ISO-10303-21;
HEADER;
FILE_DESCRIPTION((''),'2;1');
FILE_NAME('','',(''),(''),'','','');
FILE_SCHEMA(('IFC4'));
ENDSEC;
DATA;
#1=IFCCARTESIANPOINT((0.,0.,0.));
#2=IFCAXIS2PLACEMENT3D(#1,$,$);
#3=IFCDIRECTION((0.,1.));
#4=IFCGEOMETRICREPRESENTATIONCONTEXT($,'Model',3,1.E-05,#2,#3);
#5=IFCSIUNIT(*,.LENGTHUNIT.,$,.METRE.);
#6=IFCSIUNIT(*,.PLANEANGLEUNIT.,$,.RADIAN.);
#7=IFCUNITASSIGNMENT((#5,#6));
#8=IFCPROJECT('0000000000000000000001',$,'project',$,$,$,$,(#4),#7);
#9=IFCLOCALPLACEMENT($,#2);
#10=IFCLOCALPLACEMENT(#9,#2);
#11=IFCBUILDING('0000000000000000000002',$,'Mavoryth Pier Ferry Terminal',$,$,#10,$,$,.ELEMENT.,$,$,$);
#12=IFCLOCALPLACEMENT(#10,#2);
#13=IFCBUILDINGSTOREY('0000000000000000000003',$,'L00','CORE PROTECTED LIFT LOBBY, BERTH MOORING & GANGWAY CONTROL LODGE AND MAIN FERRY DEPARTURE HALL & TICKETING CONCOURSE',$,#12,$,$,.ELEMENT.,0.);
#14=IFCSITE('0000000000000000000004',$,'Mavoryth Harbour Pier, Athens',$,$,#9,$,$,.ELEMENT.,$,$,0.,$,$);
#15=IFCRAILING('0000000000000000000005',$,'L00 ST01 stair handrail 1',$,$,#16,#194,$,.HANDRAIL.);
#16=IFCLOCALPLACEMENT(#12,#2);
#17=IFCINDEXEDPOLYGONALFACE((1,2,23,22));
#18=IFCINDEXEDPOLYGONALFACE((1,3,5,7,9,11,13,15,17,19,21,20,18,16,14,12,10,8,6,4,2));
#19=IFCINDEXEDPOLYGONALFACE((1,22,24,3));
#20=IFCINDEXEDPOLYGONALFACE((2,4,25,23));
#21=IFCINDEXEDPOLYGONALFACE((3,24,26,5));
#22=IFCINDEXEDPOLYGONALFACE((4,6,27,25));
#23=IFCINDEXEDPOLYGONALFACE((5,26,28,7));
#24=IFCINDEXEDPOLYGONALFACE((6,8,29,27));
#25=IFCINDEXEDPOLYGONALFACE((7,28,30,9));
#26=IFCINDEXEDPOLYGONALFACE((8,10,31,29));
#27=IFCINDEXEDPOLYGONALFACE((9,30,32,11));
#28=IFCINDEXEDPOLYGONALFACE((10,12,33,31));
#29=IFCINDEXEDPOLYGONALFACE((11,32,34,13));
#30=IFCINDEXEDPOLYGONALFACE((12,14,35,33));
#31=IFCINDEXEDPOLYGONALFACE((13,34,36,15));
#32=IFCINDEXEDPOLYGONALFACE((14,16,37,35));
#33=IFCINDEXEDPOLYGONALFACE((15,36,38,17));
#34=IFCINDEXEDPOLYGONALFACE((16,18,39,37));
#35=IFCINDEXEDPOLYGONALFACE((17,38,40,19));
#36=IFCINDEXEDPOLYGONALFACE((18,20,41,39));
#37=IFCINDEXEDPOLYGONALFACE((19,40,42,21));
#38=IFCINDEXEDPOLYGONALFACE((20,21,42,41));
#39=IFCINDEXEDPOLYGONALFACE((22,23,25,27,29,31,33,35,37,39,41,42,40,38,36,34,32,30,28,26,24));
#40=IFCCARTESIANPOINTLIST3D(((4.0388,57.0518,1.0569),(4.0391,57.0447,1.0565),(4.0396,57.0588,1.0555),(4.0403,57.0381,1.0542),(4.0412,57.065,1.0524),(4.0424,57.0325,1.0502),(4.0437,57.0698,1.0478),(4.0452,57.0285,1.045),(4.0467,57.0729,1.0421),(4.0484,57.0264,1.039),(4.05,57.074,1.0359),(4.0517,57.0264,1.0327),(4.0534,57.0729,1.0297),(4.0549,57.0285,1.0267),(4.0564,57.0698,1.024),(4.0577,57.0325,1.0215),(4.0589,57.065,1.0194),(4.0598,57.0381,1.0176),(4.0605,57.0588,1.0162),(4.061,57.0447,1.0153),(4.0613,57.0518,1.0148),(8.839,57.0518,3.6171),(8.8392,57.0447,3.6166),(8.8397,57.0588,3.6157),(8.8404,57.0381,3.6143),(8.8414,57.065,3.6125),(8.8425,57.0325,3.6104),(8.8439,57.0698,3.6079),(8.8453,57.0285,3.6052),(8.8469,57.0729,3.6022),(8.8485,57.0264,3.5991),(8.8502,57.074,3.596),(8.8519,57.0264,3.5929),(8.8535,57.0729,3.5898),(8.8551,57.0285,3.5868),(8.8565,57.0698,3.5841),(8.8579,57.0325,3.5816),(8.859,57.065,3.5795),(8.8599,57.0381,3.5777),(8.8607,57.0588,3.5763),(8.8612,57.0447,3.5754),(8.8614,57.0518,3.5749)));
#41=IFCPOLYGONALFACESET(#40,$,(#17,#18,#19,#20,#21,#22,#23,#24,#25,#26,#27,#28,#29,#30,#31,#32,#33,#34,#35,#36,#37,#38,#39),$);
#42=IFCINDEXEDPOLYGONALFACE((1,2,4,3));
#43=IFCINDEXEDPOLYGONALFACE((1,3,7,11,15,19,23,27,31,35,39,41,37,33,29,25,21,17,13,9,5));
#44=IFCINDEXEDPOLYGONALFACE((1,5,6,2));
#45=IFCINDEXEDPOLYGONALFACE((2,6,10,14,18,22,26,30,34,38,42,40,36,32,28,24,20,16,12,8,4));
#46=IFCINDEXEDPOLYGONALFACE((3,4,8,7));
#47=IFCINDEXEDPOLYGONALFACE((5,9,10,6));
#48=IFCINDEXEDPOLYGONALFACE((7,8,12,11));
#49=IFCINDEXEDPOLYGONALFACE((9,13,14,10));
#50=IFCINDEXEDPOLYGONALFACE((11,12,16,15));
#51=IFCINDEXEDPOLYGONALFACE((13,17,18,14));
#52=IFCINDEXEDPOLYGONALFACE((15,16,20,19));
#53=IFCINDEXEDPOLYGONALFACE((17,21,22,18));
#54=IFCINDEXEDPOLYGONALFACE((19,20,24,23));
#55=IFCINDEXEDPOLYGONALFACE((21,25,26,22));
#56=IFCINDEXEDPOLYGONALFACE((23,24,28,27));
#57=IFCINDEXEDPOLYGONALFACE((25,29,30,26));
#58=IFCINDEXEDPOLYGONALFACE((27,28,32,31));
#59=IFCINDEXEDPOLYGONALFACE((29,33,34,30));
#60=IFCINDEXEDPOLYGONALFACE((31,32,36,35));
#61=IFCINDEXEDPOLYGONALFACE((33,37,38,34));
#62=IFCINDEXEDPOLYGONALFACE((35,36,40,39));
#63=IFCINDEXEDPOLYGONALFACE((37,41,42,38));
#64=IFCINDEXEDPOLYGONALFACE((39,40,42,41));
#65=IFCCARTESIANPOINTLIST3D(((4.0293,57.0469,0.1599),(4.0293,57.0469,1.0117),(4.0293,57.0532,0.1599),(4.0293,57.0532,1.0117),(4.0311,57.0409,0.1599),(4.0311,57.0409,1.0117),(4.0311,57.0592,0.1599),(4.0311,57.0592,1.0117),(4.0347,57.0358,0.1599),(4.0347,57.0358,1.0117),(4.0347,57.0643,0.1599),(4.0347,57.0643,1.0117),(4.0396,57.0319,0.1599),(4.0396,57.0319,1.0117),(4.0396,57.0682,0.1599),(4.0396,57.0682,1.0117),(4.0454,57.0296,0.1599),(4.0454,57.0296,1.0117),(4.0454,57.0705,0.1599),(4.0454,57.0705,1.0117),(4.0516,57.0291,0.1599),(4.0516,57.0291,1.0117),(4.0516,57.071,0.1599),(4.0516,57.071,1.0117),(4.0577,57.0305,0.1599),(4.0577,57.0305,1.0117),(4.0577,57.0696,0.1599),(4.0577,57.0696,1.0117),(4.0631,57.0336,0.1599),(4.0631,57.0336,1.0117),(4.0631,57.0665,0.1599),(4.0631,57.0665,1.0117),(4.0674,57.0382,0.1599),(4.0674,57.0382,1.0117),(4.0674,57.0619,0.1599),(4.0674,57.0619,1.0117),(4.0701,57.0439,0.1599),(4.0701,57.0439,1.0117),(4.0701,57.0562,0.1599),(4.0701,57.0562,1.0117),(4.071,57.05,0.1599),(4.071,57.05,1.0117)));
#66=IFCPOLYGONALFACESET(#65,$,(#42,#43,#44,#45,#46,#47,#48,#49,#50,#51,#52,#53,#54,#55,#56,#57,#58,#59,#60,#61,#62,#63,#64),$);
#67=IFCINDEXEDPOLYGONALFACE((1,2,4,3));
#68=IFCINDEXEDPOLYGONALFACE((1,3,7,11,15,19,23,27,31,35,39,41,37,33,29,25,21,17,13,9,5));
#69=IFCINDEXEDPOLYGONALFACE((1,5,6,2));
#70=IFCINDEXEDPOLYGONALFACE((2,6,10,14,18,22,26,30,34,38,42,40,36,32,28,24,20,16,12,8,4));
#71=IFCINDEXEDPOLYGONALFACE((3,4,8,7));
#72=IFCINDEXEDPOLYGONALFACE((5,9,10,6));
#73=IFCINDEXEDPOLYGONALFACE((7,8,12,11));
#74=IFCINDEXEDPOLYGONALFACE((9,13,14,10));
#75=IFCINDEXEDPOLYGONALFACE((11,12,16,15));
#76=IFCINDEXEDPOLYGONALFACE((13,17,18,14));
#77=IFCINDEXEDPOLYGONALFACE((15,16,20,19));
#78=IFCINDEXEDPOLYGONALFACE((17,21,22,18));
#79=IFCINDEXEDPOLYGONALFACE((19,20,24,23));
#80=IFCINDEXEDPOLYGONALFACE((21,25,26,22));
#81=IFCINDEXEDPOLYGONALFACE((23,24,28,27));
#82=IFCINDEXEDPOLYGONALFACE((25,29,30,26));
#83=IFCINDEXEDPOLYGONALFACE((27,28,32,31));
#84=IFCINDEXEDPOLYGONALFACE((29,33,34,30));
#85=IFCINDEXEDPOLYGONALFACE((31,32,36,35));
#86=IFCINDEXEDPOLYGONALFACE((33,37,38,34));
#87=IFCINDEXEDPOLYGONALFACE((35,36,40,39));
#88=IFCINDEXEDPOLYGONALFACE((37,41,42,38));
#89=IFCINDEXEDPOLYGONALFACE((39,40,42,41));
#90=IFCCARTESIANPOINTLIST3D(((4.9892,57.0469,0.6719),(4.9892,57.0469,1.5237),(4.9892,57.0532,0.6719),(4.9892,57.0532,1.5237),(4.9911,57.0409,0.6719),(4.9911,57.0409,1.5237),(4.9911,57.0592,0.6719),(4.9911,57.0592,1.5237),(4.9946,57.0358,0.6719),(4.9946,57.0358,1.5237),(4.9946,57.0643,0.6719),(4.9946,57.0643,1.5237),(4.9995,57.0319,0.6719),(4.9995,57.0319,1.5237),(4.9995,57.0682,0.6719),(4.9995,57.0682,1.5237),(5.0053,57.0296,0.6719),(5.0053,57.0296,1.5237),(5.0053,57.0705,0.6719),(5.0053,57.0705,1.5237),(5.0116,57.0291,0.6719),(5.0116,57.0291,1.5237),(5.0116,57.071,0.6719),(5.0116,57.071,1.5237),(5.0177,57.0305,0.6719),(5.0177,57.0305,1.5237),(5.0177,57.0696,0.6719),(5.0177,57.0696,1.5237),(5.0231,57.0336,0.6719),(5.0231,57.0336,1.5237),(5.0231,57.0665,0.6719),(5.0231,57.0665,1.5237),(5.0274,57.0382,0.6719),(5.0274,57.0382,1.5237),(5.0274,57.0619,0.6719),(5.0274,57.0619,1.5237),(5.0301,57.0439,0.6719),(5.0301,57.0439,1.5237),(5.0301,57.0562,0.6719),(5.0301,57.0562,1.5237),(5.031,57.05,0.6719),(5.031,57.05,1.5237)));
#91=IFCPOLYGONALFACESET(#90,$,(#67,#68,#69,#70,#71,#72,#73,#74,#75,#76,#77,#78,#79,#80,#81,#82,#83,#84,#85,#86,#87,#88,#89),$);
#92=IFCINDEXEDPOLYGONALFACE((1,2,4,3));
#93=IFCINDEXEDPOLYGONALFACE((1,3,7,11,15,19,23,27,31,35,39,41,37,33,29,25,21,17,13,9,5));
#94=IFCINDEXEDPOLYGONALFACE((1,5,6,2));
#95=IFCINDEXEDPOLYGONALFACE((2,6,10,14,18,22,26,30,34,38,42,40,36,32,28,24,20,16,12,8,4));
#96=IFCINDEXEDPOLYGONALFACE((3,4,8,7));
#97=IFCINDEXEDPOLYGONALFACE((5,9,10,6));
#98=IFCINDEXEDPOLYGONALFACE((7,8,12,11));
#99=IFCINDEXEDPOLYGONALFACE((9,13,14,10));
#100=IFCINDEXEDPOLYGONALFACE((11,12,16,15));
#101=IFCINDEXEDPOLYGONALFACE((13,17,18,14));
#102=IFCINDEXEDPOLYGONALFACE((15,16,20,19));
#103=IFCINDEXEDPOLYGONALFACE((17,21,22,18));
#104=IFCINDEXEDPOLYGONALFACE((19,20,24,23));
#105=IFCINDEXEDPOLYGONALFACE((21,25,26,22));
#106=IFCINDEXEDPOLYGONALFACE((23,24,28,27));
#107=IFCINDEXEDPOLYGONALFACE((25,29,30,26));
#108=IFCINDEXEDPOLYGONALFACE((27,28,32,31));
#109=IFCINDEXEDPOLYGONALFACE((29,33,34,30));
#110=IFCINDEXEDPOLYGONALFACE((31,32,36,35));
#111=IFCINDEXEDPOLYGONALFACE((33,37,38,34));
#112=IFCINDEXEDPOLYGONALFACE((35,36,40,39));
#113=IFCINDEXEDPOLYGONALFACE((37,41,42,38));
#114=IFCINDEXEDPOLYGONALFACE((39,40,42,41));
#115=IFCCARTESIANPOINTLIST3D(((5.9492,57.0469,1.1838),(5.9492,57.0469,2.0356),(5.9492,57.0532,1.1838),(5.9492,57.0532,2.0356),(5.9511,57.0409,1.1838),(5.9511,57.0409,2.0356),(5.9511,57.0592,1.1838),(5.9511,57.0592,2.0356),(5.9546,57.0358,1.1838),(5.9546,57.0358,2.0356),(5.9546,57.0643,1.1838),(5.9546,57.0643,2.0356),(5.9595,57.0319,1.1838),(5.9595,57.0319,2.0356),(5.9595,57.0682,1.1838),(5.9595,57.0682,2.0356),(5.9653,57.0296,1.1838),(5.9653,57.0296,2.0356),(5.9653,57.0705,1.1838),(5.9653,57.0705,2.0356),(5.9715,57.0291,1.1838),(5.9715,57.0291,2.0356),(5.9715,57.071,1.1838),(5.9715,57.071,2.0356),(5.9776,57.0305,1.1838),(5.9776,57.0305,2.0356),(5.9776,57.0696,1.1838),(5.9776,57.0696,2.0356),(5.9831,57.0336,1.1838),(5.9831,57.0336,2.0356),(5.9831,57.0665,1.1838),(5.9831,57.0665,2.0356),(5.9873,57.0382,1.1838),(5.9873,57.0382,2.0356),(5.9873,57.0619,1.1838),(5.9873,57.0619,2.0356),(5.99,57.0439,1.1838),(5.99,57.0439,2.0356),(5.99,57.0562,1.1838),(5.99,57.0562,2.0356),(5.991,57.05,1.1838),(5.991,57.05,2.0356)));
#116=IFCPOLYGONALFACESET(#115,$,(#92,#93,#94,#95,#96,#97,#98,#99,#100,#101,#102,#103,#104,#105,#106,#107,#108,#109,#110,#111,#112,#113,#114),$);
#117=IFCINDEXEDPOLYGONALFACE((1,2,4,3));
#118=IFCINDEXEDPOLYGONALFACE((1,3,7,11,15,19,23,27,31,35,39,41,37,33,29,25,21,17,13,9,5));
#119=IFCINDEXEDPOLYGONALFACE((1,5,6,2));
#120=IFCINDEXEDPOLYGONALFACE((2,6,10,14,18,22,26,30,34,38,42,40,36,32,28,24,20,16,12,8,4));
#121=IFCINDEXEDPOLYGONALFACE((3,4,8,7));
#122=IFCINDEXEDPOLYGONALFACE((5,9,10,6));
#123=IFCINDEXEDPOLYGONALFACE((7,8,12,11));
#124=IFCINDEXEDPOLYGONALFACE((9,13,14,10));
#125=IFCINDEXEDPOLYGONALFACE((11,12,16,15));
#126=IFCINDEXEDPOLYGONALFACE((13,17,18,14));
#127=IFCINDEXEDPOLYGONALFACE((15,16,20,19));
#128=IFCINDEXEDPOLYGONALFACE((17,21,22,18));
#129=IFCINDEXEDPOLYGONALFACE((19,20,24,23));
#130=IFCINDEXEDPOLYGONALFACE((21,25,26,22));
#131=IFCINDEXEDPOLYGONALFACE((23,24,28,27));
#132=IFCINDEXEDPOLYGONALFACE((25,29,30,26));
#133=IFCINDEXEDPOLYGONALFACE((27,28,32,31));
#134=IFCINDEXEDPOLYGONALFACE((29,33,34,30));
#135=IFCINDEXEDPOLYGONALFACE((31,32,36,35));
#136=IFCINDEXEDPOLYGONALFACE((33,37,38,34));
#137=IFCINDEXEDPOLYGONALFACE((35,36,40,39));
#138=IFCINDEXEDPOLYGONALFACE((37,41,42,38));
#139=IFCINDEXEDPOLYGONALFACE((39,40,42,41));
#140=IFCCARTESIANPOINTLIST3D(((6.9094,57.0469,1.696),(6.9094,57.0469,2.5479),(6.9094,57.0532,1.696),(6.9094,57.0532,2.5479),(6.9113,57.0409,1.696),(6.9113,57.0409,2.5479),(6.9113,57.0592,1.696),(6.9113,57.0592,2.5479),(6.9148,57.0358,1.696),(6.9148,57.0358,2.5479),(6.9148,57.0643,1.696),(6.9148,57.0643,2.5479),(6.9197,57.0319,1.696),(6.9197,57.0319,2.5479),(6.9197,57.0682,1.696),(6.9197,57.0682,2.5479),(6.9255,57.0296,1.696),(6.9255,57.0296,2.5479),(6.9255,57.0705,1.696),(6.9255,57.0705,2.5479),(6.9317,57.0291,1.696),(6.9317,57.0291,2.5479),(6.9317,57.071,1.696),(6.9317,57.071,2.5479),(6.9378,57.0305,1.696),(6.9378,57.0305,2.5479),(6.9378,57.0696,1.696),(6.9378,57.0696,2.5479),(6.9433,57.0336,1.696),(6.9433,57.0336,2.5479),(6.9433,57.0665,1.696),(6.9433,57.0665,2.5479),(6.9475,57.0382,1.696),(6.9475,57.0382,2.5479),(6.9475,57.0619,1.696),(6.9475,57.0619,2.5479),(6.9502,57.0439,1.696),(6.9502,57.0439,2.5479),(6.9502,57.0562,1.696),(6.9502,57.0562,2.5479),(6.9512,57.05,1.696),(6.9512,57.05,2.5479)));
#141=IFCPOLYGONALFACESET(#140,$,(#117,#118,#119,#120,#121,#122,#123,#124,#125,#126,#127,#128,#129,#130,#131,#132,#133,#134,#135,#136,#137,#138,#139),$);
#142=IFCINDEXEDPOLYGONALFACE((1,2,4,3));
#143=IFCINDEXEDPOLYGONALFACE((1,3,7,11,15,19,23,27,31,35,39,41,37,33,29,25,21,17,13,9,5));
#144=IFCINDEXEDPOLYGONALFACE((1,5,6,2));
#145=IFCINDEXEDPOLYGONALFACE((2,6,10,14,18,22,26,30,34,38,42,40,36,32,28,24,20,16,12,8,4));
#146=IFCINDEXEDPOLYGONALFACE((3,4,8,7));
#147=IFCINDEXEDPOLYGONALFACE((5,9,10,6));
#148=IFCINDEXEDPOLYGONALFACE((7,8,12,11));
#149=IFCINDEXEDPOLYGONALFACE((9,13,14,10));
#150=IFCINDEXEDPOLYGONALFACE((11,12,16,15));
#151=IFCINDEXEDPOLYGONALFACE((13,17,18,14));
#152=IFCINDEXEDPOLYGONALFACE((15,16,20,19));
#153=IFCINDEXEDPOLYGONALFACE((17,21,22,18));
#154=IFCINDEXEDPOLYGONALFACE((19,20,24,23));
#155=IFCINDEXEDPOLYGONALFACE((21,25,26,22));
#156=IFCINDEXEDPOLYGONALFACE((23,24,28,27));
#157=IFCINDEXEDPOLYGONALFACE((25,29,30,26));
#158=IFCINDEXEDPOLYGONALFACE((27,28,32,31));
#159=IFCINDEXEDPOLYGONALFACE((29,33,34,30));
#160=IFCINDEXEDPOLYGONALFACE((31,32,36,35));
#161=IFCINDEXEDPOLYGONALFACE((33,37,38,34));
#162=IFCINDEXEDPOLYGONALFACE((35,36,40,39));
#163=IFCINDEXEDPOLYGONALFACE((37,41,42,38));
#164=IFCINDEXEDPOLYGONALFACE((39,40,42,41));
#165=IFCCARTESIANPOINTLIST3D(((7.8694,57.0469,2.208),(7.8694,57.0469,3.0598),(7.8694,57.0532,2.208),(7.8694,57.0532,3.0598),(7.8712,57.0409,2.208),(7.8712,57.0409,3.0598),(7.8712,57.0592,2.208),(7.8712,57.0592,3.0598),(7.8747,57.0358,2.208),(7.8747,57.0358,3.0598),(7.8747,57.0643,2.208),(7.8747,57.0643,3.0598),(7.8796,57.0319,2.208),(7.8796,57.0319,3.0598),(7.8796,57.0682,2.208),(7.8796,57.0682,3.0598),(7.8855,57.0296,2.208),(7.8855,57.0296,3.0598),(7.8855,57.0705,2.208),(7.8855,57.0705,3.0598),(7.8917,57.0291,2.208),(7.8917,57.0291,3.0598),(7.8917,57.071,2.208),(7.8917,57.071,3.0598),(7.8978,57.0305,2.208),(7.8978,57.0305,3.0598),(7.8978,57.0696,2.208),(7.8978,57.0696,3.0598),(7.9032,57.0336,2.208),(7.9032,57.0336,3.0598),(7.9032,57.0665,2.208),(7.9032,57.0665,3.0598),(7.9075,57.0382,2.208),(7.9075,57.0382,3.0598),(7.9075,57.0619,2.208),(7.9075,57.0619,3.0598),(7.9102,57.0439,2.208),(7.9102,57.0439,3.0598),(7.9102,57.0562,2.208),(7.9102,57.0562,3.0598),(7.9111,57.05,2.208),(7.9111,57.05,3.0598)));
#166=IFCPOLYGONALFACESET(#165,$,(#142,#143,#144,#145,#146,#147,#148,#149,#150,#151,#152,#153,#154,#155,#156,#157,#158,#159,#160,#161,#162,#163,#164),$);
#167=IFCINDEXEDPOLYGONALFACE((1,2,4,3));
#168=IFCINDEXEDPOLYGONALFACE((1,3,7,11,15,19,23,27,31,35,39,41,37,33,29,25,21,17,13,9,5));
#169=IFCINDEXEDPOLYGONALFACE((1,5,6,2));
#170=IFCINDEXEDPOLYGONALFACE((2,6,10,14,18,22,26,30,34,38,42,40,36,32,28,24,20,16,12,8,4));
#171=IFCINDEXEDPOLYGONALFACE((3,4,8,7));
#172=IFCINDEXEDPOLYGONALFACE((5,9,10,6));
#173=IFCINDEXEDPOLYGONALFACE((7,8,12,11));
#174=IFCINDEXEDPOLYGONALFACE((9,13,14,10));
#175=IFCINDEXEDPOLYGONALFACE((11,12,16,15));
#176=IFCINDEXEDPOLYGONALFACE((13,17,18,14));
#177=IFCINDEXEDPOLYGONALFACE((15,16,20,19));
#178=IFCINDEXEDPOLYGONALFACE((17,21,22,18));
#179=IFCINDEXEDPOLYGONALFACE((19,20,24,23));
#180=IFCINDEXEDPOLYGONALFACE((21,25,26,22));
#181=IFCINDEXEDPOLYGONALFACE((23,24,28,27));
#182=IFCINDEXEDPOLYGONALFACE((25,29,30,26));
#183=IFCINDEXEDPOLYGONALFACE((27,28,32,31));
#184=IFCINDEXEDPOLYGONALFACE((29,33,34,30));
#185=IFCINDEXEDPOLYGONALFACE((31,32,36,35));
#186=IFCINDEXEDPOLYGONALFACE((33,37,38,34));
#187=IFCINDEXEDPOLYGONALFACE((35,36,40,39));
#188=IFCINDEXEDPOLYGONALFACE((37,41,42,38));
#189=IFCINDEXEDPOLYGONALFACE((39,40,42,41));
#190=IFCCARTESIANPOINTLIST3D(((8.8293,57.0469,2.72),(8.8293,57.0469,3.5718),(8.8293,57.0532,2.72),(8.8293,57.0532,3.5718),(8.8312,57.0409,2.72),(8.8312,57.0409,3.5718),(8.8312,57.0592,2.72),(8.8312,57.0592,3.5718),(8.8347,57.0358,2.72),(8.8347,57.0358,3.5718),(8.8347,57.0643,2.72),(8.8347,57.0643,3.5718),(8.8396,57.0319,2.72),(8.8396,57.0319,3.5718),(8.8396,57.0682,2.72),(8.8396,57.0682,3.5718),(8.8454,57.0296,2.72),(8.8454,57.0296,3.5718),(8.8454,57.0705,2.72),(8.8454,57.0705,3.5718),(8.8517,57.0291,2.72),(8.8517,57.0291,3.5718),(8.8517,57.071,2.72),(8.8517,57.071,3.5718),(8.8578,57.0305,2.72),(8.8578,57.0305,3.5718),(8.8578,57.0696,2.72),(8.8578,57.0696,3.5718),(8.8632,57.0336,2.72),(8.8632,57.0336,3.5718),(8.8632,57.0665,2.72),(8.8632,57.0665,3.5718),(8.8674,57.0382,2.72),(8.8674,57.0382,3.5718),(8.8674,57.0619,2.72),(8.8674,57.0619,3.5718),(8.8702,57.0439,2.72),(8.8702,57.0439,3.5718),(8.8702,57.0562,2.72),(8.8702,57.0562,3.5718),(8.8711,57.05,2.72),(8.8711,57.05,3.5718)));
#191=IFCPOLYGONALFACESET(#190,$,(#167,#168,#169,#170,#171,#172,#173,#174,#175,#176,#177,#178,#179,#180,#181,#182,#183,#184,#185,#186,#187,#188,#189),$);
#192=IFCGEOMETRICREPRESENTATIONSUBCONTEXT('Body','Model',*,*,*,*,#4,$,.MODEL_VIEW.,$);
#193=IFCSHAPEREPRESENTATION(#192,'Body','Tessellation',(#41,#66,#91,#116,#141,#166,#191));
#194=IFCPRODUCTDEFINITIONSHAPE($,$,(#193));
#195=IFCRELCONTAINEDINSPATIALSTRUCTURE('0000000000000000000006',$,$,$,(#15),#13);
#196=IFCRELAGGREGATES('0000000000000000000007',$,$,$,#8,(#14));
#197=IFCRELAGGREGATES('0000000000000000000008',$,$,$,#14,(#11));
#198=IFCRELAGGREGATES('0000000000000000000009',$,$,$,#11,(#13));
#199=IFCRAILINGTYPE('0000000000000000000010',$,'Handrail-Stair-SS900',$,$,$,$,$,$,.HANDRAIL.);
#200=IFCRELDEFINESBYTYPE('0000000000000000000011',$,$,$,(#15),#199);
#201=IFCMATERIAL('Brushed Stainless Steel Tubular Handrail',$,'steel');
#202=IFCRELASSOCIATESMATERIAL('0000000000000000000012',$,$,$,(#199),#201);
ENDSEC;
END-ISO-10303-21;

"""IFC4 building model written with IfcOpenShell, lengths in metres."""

from ifc_helpers import new_model, si_unit, direction, frame, origin, origin_2d, place, context, subcontext, project, spatial, circle, extrude, material, type_object, element, save


model = new_model("IFC4")

# Units and contexts
model_context = context("Model", 3, precision=1e-05, world=origin(), true_north=direction((0.0, 1.0)))
body_context = subcontext(model_context, "Body", "Model", "MODEL_VIEW")
ifc_project = project(units=[si_unit("LENGTHUNIT", "METRE"), si_unit("PLANEANGLEUNIT", "RADIAN")], contexts=[model_context])

# Site, building, storey
site_placement = place(None, origin())
site = spatial("IfcSite", under=ifc_project, at=site_placement, Name="Mavoryth Harbour Pier, Athens", CompositionType="ELEMENT", RefElevation=0.0)
building_placement = place(site_placement, origin())
building = spatial("IfcBuilding", under=site, at=building_placement, Name="Mavoryth Pier Ferry Terminal", CompositionType="ELEMENT")
storey_placement = place(building_placement, origin())
storey = spatial("IfcBuildingStorey", under=building, at=storey_placement, Name="L00", Description="CORE PROTECTED LIFT LOBBY, BERTH MOORING & GANGWAY CONTROL LODGE AND MAIN FERRY DEPARTURE HALL & TICKETING CONCOURSE", CompositionType="ELEMENT", Elevation=0.0)

# Railing
ifc_material_1 = material(Name="Brushed Stainless Steel Tubular Handrail", Category="steel")
railing_type_1 = type_object("IfcRailingType", Name="Handrail-Stair-SS900", PredefinedType="HANDRAIL", material=ifc_material_1)
railing_1_placement = place(storey_placement, frame((4.05, 57.05, 0.1599)))
element("IfcRailing", 1, at=railing_1_placement, inside=storey, type_object=railing_type_1, Name="L00 ST01 stair handrail 1", PredefinedType="HANDRAIL", context=body_context, shape_type="SweptSolid", body=[
    extrude(circle(Radius=0.0239, at=origin_2d()), frame((0.0, 0.0, 0.876), z_axis=(0.88235, 0.0, 0.470593), x_axis=(0.0, 1.0, 0.0)), (0.0, 0.0, 1.0), 5.4402),
    extrude(circle(Radius=0.021, at=origin_2d()), origin(), (0.0, 0.0, 1.0), 0.8518),
    extrude(circle(Radius=0.021, at=origin_2d()), frame((0.96, 0.0, 0.512)), (0.0, 0.0, 1.0), 0.8518),
    extrude(circle(Radius=0.021, at=origin_2d()), frame((1.9199, 0.0, 1.0239)), (0.0, 0.0, 1.0), 0.8518),
    extrude(circle(Radius=0.021, at=origin_2d()), frame((2.8801, 0.0, 1.5361)), (0.0, 0.0, 1.0), 0.8518),
    extrude(circle(Radius=0.021, at=origin_2d()), frame((3.8401, 0.0, 2.0481)), (0.0, 0.0, 1.0), 0.8518),
    extrude(circle(Radius=0.021, at=origin_2d()), frame((4.8, 0.0, 2.5601)), (0.0, 0.0, 1.0), 0.8518),
])

save(model, "model.ifc")
